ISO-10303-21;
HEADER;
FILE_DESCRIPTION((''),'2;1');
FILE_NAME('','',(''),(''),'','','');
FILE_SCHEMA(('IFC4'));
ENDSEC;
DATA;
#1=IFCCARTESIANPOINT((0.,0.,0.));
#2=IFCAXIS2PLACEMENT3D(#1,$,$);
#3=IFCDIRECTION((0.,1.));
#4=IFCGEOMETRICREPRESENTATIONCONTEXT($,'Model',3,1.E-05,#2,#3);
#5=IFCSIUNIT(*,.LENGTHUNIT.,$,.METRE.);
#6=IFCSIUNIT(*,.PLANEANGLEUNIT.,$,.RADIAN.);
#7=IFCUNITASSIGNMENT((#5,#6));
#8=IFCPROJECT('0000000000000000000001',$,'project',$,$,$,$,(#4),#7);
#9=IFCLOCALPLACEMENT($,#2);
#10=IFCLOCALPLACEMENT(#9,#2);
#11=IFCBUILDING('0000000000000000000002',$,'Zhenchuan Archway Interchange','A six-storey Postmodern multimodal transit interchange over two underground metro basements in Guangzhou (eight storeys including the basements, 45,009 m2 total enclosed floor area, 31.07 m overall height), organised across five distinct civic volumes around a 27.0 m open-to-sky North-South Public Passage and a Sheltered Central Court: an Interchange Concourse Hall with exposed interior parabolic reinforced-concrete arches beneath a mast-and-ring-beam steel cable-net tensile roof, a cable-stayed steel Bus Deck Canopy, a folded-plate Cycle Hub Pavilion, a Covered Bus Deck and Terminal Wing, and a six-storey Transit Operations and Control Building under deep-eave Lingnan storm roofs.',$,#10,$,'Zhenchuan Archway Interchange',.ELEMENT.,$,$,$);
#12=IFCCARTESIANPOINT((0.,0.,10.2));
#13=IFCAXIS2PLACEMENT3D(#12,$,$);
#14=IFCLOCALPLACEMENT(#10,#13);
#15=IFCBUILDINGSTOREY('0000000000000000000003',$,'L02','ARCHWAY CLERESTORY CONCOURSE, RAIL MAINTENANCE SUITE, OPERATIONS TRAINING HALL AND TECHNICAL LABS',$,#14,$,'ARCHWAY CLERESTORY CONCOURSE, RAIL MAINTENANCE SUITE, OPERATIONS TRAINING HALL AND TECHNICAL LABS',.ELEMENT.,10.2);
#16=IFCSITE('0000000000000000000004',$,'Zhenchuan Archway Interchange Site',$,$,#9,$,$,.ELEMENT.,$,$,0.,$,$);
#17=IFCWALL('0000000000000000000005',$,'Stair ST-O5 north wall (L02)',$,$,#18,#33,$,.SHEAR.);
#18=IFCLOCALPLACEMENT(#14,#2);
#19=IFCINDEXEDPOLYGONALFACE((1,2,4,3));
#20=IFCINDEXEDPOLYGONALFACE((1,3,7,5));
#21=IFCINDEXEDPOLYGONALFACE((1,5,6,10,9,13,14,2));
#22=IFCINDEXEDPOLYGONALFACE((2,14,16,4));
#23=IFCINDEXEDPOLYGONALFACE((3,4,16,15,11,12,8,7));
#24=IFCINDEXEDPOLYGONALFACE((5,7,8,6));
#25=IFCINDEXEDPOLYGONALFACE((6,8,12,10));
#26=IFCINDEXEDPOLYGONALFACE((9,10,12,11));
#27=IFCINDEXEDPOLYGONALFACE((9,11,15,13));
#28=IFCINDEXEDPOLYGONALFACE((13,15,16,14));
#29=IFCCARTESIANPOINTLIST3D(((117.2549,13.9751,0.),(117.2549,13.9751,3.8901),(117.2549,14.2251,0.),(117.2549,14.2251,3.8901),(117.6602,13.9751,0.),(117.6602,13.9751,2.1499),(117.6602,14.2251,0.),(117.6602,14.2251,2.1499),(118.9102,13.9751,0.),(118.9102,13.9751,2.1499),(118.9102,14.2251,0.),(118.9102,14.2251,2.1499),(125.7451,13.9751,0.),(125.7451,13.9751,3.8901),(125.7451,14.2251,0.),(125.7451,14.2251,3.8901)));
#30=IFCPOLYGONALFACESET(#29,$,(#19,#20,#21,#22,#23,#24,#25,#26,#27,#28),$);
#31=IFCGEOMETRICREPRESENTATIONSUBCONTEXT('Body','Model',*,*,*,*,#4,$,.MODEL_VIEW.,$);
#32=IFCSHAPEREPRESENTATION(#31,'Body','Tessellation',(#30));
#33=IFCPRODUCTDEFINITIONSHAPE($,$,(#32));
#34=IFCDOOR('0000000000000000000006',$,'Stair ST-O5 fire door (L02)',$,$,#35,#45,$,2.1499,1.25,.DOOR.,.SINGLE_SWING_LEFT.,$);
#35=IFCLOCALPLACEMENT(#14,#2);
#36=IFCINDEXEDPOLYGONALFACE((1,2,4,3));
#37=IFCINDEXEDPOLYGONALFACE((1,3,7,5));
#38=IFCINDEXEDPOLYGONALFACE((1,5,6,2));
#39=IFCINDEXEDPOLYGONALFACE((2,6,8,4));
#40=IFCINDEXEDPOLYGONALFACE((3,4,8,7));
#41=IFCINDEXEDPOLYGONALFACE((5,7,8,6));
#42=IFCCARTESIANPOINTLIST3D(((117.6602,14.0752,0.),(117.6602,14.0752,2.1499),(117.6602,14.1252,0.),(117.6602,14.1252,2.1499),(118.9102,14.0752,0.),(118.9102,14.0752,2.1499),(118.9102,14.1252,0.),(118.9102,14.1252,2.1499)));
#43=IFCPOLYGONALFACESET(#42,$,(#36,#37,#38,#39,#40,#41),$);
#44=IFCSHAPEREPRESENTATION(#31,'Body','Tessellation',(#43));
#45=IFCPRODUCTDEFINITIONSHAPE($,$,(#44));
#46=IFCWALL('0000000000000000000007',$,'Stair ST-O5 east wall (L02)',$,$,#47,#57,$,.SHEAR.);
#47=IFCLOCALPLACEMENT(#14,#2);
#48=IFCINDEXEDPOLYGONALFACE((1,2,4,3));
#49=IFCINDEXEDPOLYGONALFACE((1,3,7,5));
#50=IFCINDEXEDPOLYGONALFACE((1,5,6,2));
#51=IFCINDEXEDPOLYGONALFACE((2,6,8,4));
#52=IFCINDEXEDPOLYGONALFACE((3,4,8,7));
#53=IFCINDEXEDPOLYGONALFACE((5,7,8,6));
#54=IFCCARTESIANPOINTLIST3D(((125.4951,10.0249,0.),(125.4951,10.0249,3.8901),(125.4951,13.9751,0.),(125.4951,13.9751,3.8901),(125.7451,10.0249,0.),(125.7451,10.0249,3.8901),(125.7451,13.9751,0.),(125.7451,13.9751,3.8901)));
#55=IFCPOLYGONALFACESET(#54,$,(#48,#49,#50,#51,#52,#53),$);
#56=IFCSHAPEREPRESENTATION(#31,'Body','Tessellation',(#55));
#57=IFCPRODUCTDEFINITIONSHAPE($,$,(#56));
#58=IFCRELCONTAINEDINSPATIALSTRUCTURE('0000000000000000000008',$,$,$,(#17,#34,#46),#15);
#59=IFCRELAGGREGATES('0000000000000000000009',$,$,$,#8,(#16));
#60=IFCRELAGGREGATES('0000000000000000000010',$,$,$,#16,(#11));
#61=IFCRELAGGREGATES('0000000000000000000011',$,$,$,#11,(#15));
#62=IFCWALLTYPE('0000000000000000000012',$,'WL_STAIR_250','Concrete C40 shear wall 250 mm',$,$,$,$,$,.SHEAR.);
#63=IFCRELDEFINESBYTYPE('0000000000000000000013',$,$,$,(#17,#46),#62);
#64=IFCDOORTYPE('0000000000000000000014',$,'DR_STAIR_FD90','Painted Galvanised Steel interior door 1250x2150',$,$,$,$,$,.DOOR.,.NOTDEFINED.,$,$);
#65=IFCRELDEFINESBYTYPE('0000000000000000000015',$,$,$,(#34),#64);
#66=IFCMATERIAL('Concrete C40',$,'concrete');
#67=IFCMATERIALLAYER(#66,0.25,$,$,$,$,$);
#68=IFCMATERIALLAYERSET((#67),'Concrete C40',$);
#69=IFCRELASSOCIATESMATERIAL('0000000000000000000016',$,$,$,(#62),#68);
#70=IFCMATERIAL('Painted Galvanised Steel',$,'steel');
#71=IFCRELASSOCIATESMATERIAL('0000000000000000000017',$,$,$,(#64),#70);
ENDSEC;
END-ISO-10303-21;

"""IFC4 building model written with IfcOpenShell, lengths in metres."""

from ifc_helpers import new_model, si_unit, direction, frame, frame_2d, origin, place, context, subcontext, project, spatial, rectangle, extrude, material, layer, layer_set, type_object, element, fill, save


model = new_model("IFC4")

# Units and contexts
model_context = context("Model", 3, precision=1e-05, world=origin(), true_north=direction((0.0, 1.0)))
body_context = subcontext(model_context, "Body", "Model", "MODEL_VIEW")
ifc_project = project(units=[si_unit("LENGTHUNIT", "METRE"), si_unit("PLANEANGLEUNIT", "RADIAN")], contexts=[model_context])

# Site, building, storey
site_placement = place(None, origin())
site = spatial("IfcSite", under=ifc_project, at=site_placement, Name="Zhenchuan Archway Interchange Site", CompositionType="ELEMENT", RefElevation=0.0)
building_placement = place(site_placement, origin())
building = spatial("IfcBuilding", under=site, at=building_placement, Name="Zhenchuan Archway Interchange", Description="A six-storey Postmodern multimodal transit interchange over two underground metro basements in Guangzhou (eight storeys including the basements, 45,009 m2 total enclosed floor area, 31.07 m overall height), organised across five distinct civic volumes around a 27.0 m open-to-sky North-South Public Passage and a Sheltered Central Court: an Interchange Concourse Hall with exposed interior parabolic reinforced-concrete arches beneath a mast-and-ring-beam steel cable-net tensile roof, a cable-stayed steel Bus Deck Canopy, a folded-plate Cycle Hub Pavilion, a Covered Bus Deck and Terminal Wing, and a six-storey Transit Operations and Control Building under deep-eave Lingnan storm roofs.", LongName="Zhenchuan Archway Interchange", CompositionType="ELEMENT")
storey_placement = place(building_placement, frame((0.0, 0.0, 10.2)))
storey = spatial("IfcBuildingStorey", under=building, at=storey_placement, Name="L02", Description="ARCHWAY CLERESTORY CONCOURSE, RAIL MAINTENANCE SUITE, OPERATIONS TRAINING HALL AND TECHNICAL LABS", LongName="ARCHWAY CLERESTORY CONCOURSE, RAIL MAINTENANCE SUITE, OPERATIONS TRAINING HALL AND TECHNICAL LABS", CompositionType="ELEMENT", Elevation=10.2)

# Shared definitions
ifc_material_1 = material(Name="Concrete C40", Category="concrete")

# Wall, opening, door
ifc_layer_1 = layer(ifc_material_1, 0.25)
ifc_layer_set_1 = layer_set([ifc_layer_1], Name="Concrete C40")
wall_type_1 = type_object("IfcWallType", Name="WL_STAIR_250", Description="Concrete C40 shear wall 250 mm", PredefinedType="SHEAR", material=ifc_layer_set_1)
wall_1_placement = place(storey_placement, frame((125.7451, 14.1001, 0.0), z_axis=(0.0, 0.0, 1.0), x_axis=(-1.0, 0.0, 0.0)))
wall_1 = element("IfcWall", 1, at=wall_1_placement, inside=storey, type_object=wall_type_1, Name="Stair ST-O5 north wall (L02)", PredefinedType="SHEAR", context=body_context, shape_type="SweptSolid", body=[
    extrude(rectangle(XDim=8.4902, YDim=0.25, at=frame_2d((4.2451, 0.0))), origin(), (0.0, 0.0, 1.0), 3.8901),
])
opening_1_placement = place(wall_1_placement, frame((6.835, 0.0, 0.0)))
opening_1 = element("IfcOpeningElement", 2, at=opening_1_placement, cuts=wall_1, PredefinedType="OPENING", context=body_context, shape_type="SweptSolid", body=[
    extrude(rectangle(XDim=1.25, YDim=2.1499, at=frame_2d((0.625, 1.075))), frame((0.0, 0.137, 0.0), z_axis=(0.0, -1.0, 0.0), x_axis=(1.0, 0.0, 0.0)), (0.0, 0.0, 1.0), 0.2739),
])
ifc_material_2 = material(Name="Painted Galvanised Steel", Category="steel")
door_type = type_object("IfcDoorType", Name="DR_STAIR_FD90", Description="Painted Galvanised Steel interior door 1250x2150", OperationType="NOTDEFINED", PredefinedType="DOOR", material=ifc_material_2)
door_placement = place(opening_1_placement, origin())
door = element("IfcDoor", 3, at=door_placement, inside=storey, type_object=door_type, Name="Stair ST-O5 fire door (L02)", OperationType="SINGLE_SWING_LEFT", OverallHeight=2.1499, OverallWidth=1.25, PredefinedType="DOOR", context=body_context, shape_type="SweptSolid", body=[
    extrude(rectangle(XDim=1.25, YDim=2.1499, at=frame_2d((0.625, 1.075))), frame((0.0, 0.0249, 0.0), z_axis=(0.0, -1.0, 0.0), x_axis=(1.0, 0.0, 0.0)), (0.0, 0.0, 1.0), 0.05),
])
fill(opening_1, door)

# Wall
wall_2_placement = place(storey_placement, frame((125.6201, 10.0249, 0.0), z_axis=(0.0, 0.0, 1.0), x_axis=(0.0, 1.0, 0.0)))
element("IfcWall", 4, at=wall_2_placement, inside=storey, type_object=wall_type_1, Name="Stair ST-O5 east wall (L02)", PredefinedType="SHEAR", context=body_context, shape_type="SweptSolid", body=[
    extrude(rectangle(XDim=3.9502, YDim=0.25, at=frame_2d((1.9751, 0.0))), origin(), (0.0, 0.0, 1.0), 3.8901),
])

save(model, "model.ifc")
